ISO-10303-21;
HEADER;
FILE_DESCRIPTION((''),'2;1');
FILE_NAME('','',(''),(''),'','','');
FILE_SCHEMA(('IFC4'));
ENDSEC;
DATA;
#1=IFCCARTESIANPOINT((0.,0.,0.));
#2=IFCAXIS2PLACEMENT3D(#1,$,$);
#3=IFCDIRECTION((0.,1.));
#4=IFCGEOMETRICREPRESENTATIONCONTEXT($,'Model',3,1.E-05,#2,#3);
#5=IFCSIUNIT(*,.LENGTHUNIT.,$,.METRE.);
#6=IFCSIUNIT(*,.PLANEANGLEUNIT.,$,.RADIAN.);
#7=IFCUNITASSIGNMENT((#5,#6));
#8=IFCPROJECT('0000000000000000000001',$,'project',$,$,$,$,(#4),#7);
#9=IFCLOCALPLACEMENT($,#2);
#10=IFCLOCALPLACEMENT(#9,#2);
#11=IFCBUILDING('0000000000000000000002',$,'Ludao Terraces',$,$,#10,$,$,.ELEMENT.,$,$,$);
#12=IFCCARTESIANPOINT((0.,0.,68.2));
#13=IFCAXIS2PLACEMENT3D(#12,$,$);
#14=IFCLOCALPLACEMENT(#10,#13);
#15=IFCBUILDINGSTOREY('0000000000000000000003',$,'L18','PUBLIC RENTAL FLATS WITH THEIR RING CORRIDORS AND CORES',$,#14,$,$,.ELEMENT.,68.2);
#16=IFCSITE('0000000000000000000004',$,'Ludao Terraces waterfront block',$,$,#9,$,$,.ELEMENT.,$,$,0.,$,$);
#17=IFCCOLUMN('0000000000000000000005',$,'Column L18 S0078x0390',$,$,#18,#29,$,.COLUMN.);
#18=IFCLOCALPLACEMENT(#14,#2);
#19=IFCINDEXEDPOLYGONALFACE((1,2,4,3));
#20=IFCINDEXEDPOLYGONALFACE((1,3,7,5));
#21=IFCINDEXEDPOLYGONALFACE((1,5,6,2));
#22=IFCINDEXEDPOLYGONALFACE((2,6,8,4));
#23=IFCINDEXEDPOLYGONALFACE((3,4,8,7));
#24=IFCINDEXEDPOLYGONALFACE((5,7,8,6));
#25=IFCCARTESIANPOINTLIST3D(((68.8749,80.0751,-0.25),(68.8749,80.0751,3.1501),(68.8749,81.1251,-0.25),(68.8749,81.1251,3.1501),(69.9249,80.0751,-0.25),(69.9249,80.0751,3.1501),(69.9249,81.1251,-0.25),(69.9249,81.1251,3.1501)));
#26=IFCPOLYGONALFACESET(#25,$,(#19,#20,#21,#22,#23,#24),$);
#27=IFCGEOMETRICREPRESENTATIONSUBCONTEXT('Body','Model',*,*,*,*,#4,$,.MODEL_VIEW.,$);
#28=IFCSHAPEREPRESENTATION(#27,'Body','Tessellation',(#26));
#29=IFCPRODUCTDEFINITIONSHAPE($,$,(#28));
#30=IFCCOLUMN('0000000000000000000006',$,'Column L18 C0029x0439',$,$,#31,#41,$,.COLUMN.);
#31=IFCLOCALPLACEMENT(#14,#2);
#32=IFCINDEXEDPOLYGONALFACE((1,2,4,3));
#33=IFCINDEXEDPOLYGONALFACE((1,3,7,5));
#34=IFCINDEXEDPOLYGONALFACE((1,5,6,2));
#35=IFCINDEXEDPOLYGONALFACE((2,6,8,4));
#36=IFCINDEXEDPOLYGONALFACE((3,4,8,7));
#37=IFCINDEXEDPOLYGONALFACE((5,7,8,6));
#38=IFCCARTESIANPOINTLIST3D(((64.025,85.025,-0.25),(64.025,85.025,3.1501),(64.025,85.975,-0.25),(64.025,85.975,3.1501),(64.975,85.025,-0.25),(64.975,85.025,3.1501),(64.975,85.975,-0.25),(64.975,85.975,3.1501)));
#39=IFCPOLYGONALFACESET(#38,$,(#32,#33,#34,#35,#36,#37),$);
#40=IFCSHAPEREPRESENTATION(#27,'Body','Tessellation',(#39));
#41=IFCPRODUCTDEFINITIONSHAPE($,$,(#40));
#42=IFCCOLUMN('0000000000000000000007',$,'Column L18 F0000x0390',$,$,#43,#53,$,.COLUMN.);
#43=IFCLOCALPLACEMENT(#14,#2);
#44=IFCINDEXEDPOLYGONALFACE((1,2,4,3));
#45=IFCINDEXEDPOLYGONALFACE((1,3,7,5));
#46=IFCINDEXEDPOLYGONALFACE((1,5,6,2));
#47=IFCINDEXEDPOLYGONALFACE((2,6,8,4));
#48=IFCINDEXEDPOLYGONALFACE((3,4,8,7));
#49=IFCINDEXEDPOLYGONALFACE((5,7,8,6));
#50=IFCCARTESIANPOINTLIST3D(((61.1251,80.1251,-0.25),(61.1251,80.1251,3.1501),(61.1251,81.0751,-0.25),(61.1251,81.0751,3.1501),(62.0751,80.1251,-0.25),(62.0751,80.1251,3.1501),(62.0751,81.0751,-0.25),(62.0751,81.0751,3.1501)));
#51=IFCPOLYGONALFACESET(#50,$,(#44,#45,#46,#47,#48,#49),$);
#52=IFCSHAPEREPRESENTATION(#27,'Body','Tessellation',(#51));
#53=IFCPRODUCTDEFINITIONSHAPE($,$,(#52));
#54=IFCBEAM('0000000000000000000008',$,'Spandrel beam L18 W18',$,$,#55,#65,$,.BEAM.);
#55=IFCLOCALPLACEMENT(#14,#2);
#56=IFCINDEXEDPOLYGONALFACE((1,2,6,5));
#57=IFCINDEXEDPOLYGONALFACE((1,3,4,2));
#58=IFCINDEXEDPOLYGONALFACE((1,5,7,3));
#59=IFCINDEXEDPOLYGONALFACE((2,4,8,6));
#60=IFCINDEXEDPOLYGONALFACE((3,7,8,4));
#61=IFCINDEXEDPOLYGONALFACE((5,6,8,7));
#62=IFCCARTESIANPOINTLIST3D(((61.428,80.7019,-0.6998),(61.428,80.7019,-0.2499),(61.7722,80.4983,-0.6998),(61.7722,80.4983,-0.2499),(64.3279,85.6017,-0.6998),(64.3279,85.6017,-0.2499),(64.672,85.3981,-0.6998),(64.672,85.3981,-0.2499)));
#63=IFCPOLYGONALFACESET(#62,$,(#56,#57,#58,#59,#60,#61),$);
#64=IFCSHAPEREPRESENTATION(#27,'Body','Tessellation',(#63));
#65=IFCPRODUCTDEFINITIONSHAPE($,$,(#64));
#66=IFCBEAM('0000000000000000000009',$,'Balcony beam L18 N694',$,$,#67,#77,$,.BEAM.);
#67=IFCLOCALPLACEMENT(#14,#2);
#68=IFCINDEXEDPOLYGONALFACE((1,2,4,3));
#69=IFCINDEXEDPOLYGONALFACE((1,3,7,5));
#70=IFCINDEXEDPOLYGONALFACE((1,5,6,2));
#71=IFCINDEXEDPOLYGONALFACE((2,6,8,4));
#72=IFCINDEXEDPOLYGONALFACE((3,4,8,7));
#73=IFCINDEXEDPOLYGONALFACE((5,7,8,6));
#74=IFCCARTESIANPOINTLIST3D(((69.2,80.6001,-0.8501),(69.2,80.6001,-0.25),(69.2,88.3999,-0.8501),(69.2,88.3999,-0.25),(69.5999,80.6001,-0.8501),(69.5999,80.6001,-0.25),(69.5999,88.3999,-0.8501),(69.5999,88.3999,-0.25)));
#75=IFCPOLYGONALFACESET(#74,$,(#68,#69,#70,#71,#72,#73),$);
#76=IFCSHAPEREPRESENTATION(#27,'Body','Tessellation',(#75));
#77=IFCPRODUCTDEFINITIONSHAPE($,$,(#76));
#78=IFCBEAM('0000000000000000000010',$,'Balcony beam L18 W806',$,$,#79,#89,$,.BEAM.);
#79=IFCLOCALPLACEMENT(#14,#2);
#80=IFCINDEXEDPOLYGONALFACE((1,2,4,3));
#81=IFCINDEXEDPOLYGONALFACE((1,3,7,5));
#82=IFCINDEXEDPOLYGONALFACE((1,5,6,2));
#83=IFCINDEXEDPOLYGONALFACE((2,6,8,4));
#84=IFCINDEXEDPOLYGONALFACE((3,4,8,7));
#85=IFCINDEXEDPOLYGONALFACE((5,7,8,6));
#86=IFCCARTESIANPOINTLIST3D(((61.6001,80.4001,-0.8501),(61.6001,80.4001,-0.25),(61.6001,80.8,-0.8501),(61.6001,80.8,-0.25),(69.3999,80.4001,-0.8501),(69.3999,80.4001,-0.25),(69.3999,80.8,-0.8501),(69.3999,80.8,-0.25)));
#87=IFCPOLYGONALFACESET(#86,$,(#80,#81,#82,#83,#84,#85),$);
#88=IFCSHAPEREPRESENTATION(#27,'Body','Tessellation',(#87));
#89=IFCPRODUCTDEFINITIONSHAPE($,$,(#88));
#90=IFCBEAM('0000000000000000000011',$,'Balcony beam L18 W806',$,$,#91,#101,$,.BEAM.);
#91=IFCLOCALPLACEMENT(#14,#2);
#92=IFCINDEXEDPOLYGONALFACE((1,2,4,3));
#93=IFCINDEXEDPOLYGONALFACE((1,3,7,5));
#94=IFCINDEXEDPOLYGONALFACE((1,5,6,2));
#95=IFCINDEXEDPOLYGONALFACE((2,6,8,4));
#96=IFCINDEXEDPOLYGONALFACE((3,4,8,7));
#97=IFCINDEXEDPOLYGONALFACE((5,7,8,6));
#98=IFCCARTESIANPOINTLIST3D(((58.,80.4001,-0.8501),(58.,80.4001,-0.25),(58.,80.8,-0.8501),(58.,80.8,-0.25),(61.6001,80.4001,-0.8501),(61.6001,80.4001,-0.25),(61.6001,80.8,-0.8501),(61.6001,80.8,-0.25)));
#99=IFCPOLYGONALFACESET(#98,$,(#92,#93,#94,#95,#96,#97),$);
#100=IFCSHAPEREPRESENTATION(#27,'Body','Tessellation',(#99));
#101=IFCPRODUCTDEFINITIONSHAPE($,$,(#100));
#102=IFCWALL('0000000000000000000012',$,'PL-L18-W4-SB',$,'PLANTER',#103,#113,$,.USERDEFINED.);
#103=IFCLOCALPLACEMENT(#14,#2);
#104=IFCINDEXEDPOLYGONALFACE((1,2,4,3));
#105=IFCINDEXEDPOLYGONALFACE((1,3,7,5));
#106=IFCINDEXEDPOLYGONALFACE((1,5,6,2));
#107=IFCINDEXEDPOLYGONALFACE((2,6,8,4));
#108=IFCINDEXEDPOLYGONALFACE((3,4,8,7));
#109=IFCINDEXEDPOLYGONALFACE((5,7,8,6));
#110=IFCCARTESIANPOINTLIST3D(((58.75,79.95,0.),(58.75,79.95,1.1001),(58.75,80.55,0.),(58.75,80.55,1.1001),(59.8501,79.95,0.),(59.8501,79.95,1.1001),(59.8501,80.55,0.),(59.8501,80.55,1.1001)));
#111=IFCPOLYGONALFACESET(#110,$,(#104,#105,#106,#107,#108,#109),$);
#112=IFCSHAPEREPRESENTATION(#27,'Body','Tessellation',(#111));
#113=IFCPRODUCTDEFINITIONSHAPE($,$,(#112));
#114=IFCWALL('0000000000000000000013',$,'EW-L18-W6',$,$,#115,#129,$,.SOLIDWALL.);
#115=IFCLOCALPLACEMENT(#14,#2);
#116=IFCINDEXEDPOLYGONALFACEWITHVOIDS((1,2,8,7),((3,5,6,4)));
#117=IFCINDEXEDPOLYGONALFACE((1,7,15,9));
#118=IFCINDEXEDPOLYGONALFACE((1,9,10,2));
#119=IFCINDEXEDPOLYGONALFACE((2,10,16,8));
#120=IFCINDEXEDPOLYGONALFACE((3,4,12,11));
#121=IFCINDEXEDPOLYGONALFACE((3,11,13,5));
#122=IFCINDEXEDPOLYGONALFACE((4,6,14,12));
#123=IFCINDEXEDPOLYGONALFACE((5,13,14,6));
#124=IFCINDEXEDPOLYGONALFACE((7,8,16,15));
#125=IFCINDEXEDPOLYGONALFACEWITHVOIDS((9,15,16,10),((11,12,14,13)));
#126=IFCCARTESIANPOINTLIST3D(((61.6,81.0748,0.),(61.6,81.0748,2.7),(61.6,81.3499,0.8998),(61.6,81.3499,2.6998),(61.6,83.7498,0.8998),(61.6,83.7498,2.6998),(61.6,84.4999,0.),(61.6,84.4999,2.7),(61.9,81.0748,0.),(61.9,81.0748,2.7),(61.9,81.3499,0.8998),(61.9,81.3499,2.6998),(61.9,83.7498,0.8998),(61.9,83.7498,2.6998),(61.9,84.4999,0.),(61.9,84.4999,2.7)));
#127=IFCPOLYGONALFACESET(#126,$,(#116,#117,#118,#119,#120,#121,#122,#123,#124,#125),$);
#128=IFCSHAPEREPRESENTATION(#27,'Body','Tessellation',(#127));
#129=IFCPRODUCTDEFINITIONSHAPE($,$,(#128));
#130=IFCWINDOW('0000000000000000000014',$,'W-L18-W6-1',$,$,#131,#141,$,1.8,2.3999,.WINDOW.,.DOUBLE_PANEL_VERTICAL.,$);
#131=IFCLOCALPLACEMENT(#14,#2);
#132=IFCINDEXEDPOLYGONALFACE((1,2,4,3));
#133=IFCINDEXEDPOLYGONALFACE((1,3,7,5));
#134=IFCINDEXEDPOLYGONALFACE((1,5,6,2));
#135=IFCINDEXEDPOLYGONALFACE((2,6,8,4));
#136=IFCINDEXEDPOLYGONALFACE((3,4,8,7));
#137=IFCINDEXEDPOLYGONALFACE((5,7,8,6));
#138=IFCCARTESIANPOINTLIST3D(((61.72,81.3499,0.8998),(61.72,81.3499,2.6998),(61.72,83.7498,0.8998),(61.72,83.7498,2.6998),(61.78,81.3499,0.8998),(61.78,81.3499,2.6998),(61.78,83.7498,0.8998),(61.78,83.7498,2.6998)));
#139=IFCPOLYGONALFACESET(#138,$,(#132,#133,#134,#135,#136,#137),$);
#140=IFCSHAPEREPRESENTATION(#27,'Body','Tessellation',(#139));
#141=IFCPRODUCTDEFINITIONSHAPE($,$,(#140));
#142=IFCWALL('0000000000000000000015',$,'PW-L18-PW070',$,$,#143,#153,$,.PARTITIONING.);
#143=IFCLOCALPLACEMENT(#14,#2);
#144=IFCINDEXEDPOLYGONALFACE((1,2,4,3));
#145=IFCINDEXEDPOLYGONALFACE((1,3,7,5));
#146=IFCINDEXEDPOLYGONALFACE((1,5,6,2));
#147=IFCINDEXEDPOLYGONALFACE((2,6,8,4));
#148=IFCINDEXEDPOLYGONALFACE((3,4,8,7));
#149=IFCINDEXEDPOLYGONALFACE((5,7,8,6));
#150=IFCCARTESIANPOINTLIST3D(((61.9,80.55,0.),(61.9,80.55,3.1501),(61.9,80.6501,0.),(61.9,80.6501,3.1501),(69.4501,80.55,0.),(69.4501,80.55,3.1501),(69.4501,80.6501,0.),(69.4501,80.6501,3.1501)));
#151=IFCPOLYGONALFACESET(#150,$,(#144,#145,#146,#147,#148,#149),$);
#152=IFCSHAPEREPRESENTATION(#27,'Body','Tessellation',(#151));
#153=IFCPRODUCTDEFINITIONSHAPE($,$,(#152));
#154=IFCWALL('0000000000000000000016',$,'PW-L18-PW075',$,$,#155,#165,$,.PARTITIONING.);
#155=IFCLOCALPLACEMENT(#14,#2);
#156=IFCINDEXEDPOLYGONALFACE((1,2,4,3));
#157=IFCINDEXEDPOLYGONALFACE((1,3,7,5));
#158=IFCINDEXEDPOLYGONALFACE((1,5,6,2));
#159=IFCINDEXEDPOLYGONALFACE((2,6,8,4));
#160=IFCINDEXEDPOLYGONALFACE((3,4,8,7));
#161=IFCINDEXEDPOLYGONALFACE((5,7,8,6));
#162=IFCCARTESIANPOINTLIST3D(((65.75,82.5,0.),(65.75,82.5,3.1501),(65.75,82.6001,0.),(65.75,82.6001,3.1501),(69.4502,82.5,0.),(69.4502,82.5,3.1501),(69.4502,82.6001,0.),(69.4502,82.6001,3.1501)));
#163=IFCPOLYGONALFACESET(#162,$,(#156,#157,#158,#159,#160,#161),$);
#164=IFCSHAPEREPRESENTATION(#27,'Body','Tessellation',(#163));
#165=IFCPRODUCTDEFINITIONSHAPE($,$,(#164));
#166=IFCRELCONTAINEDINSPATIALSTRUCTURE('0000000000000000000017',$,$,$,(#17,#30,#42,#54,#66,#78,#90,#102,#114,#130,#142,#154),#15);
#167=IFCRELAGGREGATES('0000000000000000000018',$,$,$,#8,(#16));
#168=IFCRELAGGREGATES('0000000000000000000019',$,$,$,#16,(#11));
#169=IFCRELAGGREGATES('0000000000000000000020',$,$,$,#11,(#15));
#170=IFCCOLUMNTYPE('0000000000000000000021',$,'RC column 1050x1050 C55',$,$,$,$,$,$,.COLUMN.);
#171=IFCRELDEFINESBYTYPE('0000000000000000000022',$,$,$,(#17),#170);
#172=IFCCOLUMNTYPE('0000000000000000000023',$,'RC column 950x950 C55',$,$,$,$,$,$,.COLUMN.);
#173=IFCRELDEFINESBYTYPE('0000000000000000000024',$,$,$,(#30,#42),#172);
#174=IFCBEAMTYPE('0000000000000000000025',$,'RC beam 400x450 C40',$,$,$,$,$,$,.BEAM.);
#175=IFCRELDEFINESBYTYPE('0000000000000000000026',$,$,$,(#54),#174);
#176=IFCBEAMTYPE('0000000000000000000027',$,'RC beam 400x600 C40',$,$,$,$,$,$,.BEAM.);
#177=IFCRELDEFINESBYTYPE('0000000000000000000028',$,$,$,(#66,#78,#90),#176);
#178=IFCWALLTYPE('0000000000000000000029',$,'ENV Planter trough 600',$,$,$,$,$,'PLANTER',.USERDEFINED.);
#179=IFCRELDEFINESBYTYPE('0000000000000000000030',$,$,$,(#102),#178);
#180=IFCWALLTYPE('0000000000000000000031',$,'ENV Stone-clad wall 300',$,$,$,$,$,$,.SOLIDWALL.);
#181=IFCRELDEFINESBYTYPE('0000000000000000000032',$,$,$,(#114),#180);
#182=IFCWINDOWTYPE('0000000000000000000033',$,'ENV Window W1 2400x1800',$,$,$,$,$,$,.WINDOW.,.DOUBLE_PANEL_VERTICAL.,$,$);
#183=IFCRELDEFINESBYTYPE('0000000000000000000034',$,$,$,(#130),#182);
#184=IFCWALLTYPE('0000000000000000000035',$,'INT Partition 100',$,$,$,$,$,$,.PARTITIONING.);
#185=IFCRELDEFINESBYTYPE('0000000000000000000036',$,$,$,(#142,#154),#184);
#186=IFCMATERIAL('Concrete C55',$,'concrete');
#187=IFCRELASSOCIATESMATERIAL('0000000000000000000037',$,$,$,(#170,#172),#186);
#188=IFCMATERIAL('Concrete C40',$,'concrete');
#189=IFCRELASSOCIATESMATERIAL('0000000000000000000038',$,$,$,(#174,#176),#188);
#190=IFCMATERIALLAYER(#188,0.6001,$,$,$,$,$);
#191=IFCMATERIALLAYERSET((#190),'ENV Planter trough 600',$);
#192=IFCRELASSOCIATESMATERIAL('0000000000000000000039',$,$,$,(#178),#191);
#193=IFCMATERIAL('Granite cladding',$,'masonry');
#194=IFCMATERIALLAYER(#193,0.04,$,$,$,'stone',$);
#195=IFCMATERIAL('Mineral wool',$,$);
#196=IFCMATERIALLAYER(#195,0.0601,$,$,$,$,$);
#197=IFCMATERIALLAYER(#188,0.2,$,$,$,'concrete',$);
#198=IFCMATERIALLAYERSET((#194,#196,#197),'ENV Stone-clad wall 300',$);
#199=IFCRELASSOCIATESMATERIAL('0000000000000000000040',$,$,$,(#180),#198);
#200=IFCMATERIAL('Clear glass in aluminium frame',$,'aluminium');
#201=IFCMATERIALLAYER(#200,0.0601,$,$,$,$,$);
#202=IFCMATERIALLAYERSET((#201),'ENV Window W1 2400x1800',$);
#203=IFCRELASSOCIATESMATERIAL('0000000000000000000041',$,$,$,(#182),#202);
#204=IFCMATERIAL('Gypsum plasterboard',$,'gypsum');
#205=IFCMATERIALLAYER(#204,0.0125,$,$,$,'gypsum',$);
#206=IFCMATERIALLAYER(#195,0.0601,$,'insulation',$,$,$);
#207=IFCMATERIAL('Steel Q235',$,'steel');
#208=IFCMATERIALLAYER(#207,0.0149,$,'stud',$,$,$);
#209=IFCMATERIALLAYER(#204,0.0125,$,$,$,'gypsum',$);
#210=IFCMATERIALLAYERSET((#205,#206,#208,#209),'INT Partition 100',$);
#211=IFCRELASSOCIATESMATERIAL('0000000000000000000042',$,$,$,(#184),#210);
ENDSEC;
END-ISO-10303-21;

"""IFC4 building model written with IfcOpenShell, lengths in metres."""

from ifc_helpers import new_model, si_unit, direction, frame, frame_2d, origin, origin_2d, place, context, subcontext, project, spatial, rectangle, extrude, material, layer, layer_set, material_profile, profile_set, type_object, element, fill, save


model = new_model("IFC4")

# Units and contexts
model_context = context("Model", 3, precision=1e-05, world=origin(), true_north=direction((0.0, 1.0)))
body_context = subcontext(model_context, "Body", "Model", "MODEL_VIEW")
ifc_project = project(units=[si_unit("LENGTHUNIT", "METRE"), si_unit("PLANEANGLEUNIT", "RADIAN")], contexts=[model_context])

# Site, building, storey
site_placement = place(None, origin())
site = spatial("IfcSite", under=ifc_project, at=site_placement, Name="Ludao Terraces waterfront block", CompositionType="ELEMENT", RefElevation=0.0)
building_placement = place(site_placement, origin())
building = spatial("IfcBuilding", under=site, at=building_placement, Name="Ludao Terraces", CompositionType="ELEMENT")
storey_placement = place(building_placement, frame((0.0, 0.0, 68.2)))
storey = spatial("IfcBuildingStorey", under=building, at=storey_placement, Name="L18", Description="PUBLIC RENTAL FLATS WITH THEIR RING CORRIDORS AND CORES", CompositionType="ELEMENT", Elevation=68.2)

# Columns
ifc_material_1 = material(Name="Concrete C55", Category="concrete")
ifc_material_profile_1 = material_profile(ifc_material_1, rectangle(XDim=1.05, YDim=1.05, at=origin_2d()), Name="1050 X 1050")
ifc_profile_set_1 = profile_set([ifc_material_profile_1], Name="Concrete C55")
column_type_1 = type_object("IfcColumnType", Name="RC column 1050x1050 C55", PredefinedType="COLUMN", material=ifc_profile_set_1)
column_placement = place(storey_placement, frame((69.3999, 80.6001, -0.25), z_axis=(0.0, 0.0, 1.0), x_axis=(1.0, 0.0, 0.0)))
element("IfcColumn", 1, at=column_placement, inside=storey, type_object=column_type_1, Name="Column L18 S0078x0390", PredefinedType="COLUMN", context=body_context, shape_type="SweptSolid", body=[
    extrude(rectangle(XDim=1.05, YDim=1.05, at=origin_2d()), origin(), (0.0, 0.0, 1.0), 3.4001),
])
ifc_material_profile_2 = material_profile(ifc_material_1, rectangle(XDim=0.95, YDim=0.95, at=origin_2d()), Name="950 X 950")
ifc_profile_set_2 = profile_set([ifc_material_profile_2], Name="Concrete C55")
column_type_2 = type_object("IfcColumnType", Name="RC column 950x950 C55", PredefinedType="COLUMN", material=ifc_profile_set_2)
for number, where, z_axis, x_axis, name in (
    (2, (64.5, 85.5, -0.25), (0.0, 0.0, 1.0), (1.0, 0.0, 0.0), "Column L18 C0029x0439"),
    (3, (61.6001, 80.6001, -0.25), (0.0, 0.0, 1.0), (1.0, 0.0, 0.0), "Column L18 F0000x0390"),
):
    element("IfcColumn", number, at=place(storey_placement, frame(where, z_axis=z_axis, x_axis=x_axis)), inside=storey, type_object=column_type_2, Name=name, PredefinedType="COLUMN", context=body_context, shape_type="SweptSolid", body=[
        extrude(rectangle(XDim=0.95, YDim=0.95, at=origin_2d()), origin(), (0.0, 0.0, 1.0), 3.4001),
    ])

# Beams
ifc_material_2 = material(Name="Concrete C40", Category="concrete")
ifc_material_profile_3 = material_profile(ifc_material_2, rectangle(XDim=0.3999, YDim=0.45, at=origin_2d()), Name="400 X 450")
ifc_profile_set_3 = profile_set([ifc_material_profile_3], Name="Concrete C40")
beam_type_1 = type_object("IfcBeamType", Name="RC beam 400x450 C40", PredefinedType="BEAM", material=ifc_profile_set_3)
beam_1_placement = place(storey_placement, frame((61.6001, 80.6001, -0.4749), z_axis=(0.509316, 0.86058, 0.0), x_axis=(-0.86058, 0.509316, 0.0)))
element("IfcBeam", 4, at=beam_1_placement, inside=storey, type_object=beam_type_1, Name="Spandrel beam L18 W18", PredefinedType="BEAM", context=body_context, shape_type="SweptSolid", body=[
    extrude(rectangle(XDim=0.3999, YDim=0.45, at=origin_2d()), origin(), (0.0, 0.0, 1.0), 5.6936),
])
ifc_material_profile_4 = material_profile(ifc_material_2, rectangle(XDim=0.3999, YDim=0.6001, at=origin_2d()), Name="400 X 600")
ifc_profile_set_4 = profile_set([ifc_material_profile_4], Name="Concrete C40")
beam_type_2 = type_object("IfcBeamType", Name="RC beam 400x600 C40", PredefinedType="BEAM", material=ifc_profile_set_4)
for number, where, z_axis, x_axis, name in (
    (5, (69.3999, 80.6001, -0.55), (0.0, 1.0, 0.0), (-1.0, 0.0, 0.0), "Balcony beam L18 N694"),
    (6, (69.3999, 80.6001, -0.55), (-1.0, 0.0, 0.0), (0.0, -1.0, 0.0), "Balcony beam L18 W806"),
):
    element("IfcBeam", number, at=place(storey_placement, frame(where, z_axis=z_axis, x_axis=x_axis)), inside=storey, type_object=beam_type_2, Name=name, PredefinedType="BEAM", context=body_context, shape_type="SweptSolid", body=[
        extrude(rectangle(XDim=0.3999, YDim=0.6001, at=origin_2d()), origin(), (0.0, 0.0, 1.0), 7.7998),
    ])
beam_2_placement = place(storey_placement, frame((61.6001, 80.6001, -0.55), z_axis=(-1.0, 0.0, 0.0), x_axis=(0.0, -1.0, 0.0)))
element("IfcBeam", 7, at=beam_2_placement, inside=storey, type_object=beam_type_2, Name="Balcony beam L18 W806", PredefinedType="BEAM", context=body_context, shape_type="SweptSolid", body=[
    extrude(rectangle(XDim=0.3999, YDim=0.6001, at=origin_2d()), origin(), (0.0, 0.0, 1.0), 3.6001),
])

# Wall
ifc_layer_1 = layer(ifc_material_2, 0.6001)
ifc_layer_set_1 = layer_set([ifc_layer_1], Name="ENV Planter trough 600")
wall_type_1 = type_object("IfcWallType", Name="ENV Planter trough 600", ElementType="PLANTER", PredefinedType="USERDEFINED", material=ifc_layer_set_1)
wall_1_placement = place(storey_placement, frame((58.75, 80.25, 0.0), z_axis=(0.0, 0.0, 1.0), x_axis=(1.0, 0.0, 0.0)))
element("IfcWall", 8, at=wall_1_placement, inside=storey, type_object=wall_type_1, Name="PL-L18-W4-SB", ObjectType="PLANTER", PredefinedType="USERDEFINED", context=body_context, shape_type="SweptSolid", body=[
    extrude(rectangle(XDim=1.1001, YDim=0.6001, at=frame_2d((0.55, 0.0))), origin(), (0.0, 0.0, 1.0), 1.1001),
])

# Wall, opening, window
ifc_material_3 = material(Name="Granite cladding", Category="masonry")
ifc_layer_2 = layer(ifc_material_3, 0.04, Category="stone")
ifc_material_4 = material(Name="Mineral wool")
ifc_layer_3 = layer(ifc_material_4, 0.0601)
ifc_layer_4 = layer(ifc_material_2, 0.2, Category="concrete")
ifc_layer_set_2 = layer_set([ifc_layer_2, ifc_layer_3, ifc_layer_4], Name="ENV Stone-clad wall 300")
wall_type_2 = type_object("IfcWallType", Name="ENV Stone-clad wall 300", PredefinedType="SOLIDWALL", material=ifc_layer_set_2)
wall_2_placement = place(storey_placement, frame((61.75, 81.075, 0.0), z_axis=(0.0, 0.0, 1.0), x_axis=(0.0, 1.0, 0.0)))
wall_2 = element("IfcWall", 9, at=wall_2_placement, inside=storey, type_object=wall_type_2, Name="EW-L18-W6", PredefinedType="SOLIDWALL", context=body_context, shape_type="SweptSolid", body=[
    extrude(rectangle(XDim=3.425, YDim=0.3, at=frame_2d((1.7124, 0.0))), origin(), (0.0, 0.0, 1.0), 2.7),
])
opening_1_placement = place(wall_2_placement, frame((0.2749, 0.0, 0.8999)))
opening_1 = element("IfcOpeningElement", 10, at=opening_1_placement, cuts=wall_2, PredefinedType="OPENING", context=body_context, shape_type="SweptSolid", body=[
    extrude(rectangle(XDim=2.3999, YDim=1.8, at=frame_2d((1.2, 0.8999))), frame((0.0, 0.1602, 0.0), z_axis=(0.0, -1.0, 0.0), x_axis=(1.0, 0.0, 0.0)), (0.0, 0.0, 1.0), 0.3201),
])
ifc_material_5 = material(Name="Clear glass in aluminium frame", Category="aluminium")
ifc_layer_5 = layer(ifc_material_5, 0.0601)
ifc_layer_set_3 = layer_set([ifc_layer_5], Name="ENV Window W1 2400x1800")
window_type = type_object("IfcWindowType", Name="ENV Window W1 2400x1800", PartitioningType="DOUBLE_PANEL_VERTICAL", PredefinedType="WINDOW", material=ifc_layer_set_3)
window_placement = place(opening_1_placement, origin())
window = element("IfcWindow", 11, at=window_placement, inside=storey, type_object=window_type, Name="W-L18-W6-1", OverallHeight=1.8, OverallWidth=2.3999, PartitioningType="DOUBLE_PANEL_VERTICAL", PredefinedType="WINDOW", context=body_context, shape_type="SweptSolid", body=[
    extrude(rectangle(XDim=2.3999, YDim=1.8, at=frame_2d((1.2, 0.8999))), frame((0.0, 0.03, 0.0), z_axis=(0.0, -1.0, 0.0), x_axis=(1.0, 0.0, 0.0)), (0.0, 0.0, 1.0), 0.0601),
])
fill(opening_1, window)

# Walls
ifc_material_6 = material(Name="Gypsum plasterboard", Category="gypsum")
ifc_layer_6 = layer(ifc_material_6, 0.0125, Category="gypsum")
ifc_layer_7 = layer(ifc_material_4, 0.0601, Name="insulation")
ifc_material_7 = material(Name="Steel Q235", Category="steel")
ifc_layer_8 = layer(ifc_material_7, 0.0149, Name="stud")
ifc_layer_9 = layer(ifc_material_6, 0.0125, Category="gypsum")
ifc_layer_set_4 = layer_set([ifc_layer_6, ifc_layer_7, ifc_layer_8, ifc_layer_9], Name="INT Partition 100")
wall_type_3 = type_object("IfcWallType", Name="INT Partition 100", PredefinedType="PARTITIONING", material=ifc_layer_set_4)
wall_3_placement = place(storey_placement, frame((61.9001, 80.6001, 0.0), z_axis=(0.0, 0.0, 1.0), x_axis=(1.0, 0.0, 0.0)))
element("IfcWall", 12, at=wall_3_placement, inside=storey, type_object=wall_type_3, Name="PW-L18-PW070", PredefinedType="PARTITIONING", context=body_context, shape_type="SweptSolid", body=[
    extrude(rectangle(XDim=7.55, YDim=0.1001, at=frame_2d((3.7749, 0.0))), origin(), (0.0, 0.0, 1.0), 3.1501),
])
wall_4_placement = place(storey_placement, frame((65.75, 82.55, 0.0), z_axis=(0.0, 0.0, 1.0), x_axis=(1.0, 0.0, 0.0)))
element("IfcWall", 13, at=wall_4_placement, inside=storey, type_object=wall_type_3, Name="PW-L18-PW075", PredefinedType="PARTITIONING", context=body_context, shape_type="SweptSolid", body=[
    extrude(rectangle(XDim=3.7002, YDim=0.1001, at=frame_2d((1.8501, 0.0))), origin(), (0.0, 0.0, 1.0), 3.1501),
])

save(model, "model.ifc")
